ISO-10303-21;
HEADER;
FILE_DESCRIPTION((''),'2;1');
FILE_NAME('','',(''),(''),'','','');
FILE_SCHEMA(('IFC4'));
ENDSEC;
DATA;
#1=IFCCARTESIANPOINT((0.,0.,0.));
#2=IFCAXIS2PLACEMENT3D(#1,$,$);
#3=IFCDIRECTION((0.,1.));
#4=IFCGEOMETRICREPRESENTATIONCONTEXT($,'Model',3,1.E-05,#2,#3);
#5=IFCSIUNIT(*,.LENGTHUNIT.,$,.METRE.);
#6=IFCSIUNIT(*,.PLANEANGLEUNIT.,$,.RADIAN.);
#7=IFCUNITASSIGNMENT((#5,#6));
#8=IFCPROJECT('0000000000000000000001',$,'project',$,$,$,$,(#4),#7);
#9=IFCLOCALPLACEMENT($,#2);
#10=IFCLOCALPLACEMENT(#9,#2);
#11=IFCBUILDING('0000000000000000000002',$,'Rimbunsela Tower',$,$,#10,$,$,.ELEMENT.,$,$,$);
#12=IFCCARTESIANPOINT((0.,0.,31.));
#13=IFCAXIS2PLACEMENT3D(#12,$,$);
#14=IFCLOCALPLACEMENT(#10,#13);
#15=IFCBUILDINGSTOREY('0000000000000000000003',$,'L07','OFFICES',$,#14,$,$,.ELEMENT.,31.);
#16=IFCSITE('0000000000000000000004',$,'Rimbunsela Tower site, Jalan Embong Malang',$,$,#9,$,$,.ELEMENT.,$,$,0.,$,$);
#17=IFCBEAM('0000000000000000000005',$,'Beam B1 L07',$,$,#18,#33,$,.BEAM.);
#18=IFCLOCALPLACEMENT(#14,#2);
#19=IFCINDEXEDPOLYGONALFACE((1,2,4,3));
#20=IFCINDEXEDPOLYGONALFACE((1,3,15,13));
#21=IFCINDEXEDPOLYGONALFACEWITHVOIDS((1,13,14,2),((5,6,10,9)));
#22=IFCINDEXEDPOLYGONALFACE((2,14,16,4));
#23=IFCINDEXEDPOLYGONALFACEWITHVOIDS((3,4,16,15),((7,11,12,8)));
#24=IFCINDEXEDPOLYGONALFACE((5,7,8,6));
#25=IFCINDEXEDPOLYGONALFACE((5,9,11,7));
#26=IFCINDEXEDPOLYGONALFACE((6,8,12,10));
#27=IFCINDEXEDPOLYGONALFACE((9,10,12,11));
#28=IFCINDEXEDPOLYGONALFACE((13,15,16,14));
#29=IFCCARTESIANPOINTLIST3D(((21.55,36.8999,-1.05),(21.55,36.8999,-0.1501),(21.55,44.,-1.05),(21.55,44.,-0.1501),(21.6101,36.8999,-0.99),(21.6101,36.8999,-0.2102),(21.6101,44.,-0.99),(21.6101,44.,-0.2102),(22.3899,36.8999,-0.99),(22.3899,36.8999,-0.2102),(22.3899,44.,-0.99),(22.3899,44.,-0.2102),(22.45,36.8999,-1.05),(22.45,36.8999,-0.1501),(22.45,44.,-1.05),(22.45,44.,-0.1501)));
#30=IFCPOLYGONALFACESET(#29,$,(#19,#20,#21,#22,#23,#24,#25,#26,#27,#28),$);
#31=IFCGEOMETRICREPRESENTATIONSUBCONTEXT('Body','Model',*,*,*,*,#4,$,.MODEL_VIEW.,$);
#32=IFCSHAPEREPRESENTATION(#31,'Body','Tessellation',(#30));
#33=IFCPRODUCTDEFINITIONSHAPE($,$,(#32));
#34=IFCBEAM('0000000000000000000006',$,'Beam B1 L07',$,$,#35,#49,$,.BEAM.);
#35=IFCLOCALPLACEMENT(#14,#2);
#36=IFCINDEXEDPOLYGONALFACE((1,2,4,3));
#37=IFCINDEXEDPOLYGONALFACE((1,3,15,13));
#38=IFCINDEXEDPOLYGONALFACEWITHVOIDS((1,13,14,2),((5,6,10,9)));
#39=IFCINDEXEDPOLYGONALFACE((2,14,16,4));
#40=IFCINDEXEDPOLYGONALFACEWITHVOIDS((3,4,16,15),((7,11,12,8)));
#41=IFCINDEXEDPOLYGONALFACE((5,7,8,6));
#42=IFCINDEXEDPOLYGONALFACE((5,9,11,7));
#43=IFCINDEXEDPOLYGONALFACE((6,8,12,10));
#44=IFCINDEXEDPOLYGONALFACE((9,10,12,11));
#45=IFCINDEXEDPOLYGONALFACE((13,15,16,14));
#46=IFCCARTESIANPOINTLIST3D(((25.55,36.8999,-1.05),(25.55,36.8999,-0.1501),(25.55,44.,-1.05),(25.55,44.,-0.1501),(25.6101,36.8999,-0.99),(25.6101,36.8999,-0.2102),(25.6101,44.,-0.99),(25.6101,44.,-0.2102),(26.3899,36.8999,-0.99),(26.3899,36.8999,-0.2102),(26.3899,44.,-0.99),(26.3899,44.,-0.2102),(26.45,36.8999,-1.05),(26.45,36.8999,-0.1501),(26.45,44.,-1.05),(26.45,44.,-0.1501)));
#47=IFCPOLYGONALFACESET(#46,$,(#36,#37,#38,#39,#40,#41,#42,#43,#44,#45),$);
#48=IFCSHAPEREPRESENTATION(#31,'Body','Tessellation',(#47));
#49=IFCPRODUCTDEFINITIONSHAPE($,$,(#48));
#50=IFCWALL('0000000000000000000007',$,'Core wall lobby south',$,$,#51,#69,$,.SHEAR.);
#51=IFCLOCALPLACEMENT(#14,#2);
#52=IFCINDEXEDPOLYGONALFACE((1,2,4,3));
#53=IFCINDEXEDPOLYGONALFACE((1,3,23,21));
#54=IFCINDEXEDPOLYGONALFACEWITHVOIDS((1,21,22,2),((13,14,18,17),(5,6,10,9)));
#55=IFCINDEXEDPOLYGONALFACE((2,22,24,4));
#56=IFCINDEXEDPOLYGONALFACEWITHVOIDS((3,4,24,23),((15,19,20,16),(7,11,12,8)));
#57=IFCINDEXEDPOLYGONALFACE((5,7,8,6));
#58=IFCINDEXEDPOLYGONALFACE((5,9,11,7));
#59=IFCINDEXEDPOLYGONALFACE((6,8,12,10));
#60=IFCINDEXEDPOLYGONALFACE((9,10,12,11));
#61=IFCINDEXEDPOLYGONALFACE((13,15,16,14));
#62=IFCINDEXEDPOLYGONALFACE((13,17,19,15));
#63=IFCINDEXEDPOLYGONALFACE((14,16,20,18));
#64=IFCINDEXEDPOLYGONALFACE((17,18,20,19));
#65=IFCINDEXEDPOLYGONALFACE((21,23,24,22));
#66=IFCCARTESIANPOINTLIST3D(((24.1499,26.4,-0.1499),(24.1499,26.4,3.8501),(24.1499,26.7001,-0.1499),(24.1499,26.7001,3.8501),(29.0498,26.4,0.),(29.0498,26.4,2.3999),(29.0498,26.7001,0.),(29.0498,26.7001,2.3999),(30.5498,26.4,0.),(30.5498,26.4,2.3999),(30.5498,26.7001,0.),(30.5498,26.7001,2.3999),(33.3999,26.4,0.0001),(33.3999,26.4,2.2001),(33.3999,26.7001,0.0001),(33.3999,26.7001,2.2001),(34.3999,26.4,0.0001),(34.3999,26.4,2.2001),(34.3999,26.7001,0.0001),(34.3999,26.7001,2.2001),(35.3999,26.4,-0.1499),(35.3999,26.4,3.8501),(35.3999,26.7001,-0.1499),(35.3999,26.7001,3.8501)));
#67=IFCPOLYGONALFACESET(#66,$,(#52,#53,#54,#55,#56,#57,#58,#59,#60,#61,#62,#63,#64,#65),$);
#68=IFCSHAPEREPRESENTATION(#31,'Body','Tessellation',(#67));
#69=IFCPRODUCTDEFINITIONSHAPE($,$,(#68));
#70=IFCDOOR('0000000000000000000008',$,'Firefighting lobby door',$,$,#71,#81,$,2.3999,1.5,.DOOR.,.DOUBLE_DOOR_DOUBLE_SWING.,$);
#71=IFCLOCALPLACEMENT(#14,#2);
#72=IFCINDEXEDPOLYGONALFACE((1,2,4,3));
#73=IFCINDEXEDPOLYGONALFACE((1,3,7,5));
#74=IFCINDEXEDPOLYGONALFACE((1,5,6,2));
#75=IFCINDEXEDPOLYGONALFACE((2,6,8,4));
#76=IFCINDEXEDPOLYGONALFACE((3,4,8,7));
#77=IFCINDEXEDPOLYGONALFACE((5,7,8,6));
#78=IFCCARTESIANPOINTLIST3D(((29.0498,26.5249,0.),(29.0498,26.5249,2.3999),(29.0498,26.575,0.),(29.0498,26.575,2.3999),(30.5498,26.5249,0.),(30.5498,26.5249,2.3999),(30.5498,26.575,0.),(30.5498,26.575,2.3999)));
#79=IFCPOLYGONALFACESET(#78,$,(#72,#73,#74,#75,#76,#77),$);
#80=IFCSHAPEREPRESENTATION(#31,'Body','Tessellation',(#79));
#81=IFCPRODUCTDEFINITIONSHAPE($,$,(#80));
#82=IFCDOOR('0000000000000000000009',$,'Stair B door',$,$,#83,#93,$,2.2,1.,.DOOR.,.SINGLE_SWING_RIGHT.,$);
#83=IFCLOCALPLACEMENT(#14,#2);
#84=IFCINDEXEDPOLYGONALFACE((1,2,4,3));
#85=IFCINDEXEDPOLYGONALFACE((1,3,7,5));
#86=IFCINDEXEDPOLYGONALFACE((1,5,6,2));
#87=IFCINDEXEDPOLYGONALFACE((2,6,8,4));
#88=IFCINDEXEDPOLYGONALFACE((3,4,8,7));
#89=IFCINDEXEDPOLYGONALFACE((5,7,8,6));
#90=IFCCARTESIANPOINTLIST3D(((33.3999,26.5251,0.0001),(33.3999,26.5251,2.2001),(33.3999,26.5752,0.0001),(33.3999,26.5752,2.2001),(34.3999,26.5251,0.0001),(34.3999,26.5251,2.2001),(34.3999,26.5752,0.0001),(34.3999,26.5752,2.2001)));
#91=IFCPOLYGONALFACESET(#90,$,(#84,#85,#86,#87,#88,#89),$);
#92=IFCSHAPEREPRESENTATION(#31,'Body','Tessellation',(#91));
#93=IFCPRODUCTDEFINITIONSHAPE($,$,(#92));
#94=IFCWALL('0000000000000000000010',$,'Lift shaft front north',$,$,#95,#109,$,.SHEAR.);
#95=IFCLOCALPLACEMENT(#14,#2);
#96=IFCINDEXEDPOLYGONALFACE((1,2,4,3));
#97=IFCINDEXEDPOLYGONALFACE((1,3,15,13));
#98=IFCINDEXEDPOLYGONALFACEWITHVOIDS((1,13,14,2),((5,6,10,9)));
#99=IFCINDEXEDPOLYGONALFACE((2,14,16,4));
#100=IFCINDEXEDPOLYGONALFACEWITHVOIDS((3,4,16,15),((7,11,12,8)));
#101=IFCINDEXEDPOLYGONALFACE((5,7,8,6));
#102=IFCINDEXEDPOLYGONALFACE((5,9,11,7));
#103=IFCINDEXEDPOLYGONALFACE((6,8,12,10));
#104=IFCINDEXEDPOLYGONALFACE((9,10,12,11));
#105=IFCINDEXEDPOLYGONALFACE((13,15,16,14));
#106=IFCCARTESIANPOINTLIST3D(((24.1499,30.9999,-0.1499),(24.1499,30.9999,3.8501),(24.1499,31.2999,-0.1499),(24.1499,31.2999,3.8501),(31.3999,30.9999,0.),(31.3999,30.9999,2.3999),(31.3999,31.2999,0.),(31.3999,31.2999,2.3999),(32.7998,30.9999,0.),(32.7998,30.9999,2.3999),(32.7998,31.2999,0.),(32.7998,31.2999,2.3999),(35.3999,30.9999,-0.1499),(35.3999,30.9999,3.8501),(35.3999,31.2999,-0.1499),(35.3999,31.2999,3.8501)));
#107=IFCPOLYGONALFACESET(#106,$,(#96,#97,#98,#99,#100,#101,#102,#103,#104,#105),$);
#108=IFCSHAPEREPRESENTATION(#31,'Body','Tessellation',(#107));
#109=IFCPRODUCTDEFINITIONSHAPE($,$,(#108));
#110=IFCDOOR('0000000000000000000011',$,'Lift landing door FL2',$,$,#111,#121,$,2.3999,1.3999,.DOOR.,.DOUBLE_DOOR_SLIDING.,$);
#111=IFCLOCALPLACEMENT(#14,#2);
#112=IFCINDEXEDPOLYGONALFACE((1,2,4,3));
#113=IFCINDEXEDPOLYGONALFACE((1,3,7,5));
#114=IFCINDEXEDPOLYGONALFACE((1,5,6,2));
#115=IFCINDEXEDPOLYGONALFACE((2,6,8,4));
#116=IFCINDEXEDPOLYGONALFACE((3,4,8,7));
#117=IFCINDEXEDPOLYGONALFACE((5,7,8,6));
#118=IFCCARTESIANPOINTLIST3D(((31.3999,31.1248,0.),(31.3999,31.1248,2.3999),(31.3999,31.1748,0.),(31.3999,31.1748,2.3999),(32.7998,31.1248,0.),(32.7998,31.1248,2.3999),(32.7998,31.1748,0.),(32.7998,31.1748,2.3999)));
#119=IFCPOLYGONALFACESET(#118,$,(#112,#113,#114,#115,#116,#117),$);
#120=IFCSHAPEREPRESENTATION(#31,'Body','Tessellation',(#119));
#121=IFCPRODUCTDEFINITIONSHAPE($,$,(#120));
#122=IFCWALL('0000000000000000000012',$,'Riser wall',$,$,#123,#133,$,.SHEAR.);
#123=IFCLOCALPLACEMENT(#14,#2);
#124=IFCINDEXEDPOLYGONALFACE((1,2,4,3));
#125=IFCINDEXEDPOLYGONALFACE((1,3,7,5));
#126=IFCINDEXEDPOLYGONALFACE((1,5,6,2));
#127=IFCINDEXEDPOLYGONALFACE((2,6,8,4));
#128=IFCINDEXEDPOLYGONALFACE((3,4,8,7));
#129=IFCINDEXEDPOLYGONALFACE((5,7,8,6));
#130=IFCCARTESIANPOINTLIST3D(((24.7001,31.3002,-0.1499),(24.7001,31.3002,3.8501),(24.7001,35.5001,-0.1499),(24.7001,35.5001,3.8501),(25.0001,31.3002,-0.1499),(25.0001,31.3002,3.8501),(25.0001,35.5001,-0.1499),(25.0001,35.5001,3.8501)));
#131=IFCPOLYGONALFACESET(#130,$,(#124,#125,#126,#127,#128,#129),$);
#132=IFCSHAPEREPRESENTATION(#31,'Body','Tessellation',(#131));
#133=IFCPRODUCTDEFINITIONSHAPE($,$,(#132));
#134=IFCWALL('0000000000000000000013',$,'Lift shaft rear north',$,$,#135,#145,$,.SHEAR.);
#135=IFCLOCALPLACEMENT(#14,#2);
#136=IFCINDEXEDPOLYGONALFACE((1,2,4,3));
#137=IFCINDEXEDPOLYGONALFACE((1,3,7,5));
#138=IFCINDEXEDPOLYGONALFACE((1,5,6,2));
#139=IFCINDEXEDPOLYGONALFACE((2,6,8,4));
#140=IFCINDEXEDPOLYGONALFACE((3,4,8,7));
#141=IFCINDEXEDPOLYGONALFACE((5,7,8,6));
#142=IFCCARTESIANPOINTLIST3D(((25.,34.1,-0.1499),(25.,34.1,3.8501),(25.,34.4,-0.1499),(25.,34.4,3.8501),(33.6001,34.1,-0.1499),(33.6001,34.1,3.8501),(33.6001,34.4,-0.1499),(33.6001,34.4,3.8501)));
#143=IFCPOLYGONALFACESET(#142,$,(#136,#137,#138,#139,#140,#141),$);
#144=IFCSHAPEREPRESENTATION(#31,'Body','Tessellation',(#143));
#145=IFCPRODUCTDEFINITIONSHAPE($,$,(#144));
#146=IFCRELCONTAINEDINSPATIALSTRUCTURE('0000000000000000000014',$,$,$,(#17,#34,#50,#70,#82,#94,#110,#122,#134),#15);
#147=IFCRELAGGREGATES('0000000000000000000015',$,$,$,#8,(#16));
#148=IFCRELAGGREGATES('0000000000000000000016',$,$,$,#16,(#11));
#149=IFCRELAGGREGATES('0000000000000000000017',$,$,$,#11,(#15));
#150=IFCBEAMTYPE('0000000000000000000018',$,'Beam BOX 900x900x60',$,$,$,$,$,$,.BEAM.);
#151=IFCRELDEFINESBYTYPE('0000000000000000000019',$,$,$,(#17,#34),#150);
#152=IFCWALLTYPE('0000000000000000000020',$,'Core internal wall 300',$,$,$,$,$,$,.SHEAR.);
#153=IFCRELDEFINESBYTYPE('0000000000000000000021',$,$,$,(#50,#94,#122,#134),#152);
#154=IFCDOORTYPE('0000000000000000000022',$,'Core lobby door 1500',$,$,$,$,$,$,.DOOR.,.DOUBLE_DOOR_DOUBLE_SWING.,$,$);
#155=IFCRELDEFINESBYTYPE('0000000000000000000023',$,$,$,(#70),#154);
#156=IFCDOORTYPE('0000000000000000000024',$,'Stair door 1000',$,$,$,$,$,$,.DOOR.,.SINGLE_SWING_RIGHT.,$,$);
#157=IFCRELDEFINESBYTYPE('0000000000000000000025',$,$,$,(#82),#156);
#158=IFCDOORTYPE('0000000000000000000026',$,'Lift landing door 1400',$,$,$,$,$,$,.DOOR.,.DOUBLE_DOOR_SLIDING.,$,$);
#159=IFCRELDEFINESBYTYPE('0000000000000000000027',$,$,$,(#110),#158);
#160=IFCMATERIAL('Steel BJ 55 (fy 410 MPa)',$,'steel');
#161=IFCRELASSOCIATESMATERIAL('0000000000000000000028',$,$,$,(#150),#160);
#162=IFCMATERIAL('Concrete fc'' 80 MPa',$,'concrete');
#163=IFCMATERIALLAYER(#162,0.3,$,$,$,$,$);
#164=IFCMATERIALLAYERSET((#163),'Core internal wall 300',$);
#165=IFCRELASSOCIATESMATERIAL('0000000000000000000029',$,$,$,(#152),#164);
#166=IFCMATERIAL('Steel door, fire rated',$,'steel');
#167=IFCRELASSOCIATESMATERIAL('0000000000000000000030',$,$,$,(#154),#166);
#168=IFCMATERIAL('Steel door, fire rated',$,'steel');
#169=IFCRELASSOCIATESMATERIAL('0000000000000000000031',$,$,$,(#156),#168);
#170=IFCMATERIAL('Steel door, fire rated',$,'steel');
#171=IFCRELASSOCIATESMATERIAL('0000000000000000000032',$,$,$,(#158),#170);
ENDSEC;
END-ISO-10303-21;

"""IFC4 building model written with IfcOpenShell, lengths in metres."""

from ifc_helpers import new_model, si_unit, direction, frame, frame_2d, origin, origin_2d, place, context, subcontext, project, spatial, rectangle, hollow_rectangle, extrude, material, layer, layer_set, material_profile, profile_set, type_object, element, fill, save


model = new_model("IFC4")

# Units and contexts
model_context = context("Model", 3, precision=1e-05, world=origin(), true_north=direction((0.0, 1.0)))
body_context = subcontext(model_context, "Body", "Model", "MODEL_VIEW")
ifc_project = project(units=[si_unit("LENGTHUNIT", "METRE"), si_unit("PLANEANGLEUNIT", "RADIAN")], contexts=[model_context])

# Site, building, storey
site_placement = place(None, origin())
site = spatial("IfcSite", under=ifc_project, at=site_placement, Name="Rimbunsela Tower site, Jalan Embong Malang", CompositionType="ELEMENT", RefElevation=0.0)
building_placement = place(site_placement, origin())
building = spatial("IfcBuilding", under=site, at=building_placement, Name="Rimbunsela Tower", CompositionType="ELEMENT")
storey_placement = place(building_placement, frame((0.0, 0.0, 31.0)))
storey = spatial("IfcBuildingStorey", under=building, at=storey_placement, Name="L07", Description="OFFICES", CompositionType="ELEMENT", Elevation=31.0)

# Beams
ifc_material_1 = material(Name="Steel BJ 55 (fy 410 MPa)", Category="steel")
ifc_material_profile = material_profile(ifc_material_1, hollow_rectangle(XDim=0.8999, YDim=0.8999, WallThickness=0.0601, at=origin_2d()), Name="BOX 900x900x60")
ifc_profile_set = profile_set([ifc_material_profile], Name="Steel BJ 55 (fy 410 MPa)")
beam_type = type_object("IfcBeamType", Name="Beam BOX 900x900x60", PredefinedType="BEAM", material=ifc_profile_set)
for number, where, z_axis, x_axis, name in (
    (1, (22.0, 36.8999, -0.6001), (0.0, 1.0, 0.0), (-1.0, 0.0, 0.0), "Beam B1 L07"),
    (2, (26.0, 36.8999, -0.6001), (0.0, 1.0, 0.0), (-1.0, 0.0, 0.0), "Beam B1 L07"),
):
    element("IfcBeam", number, at=place(storey_placement, frame(where, z_axis=z_axis, x_axis=x_axis)), inside=storey, type_object=beam_type, Name=name, PredefinedType="BEAM", context=body_context, shape_type="SweptSolid", body=[
        extrude(hollow_rectangle(XDim=0.8999, YDim=0.8999, WallThickness=0.0601, at=origin_2d()), origin(), (0.0, 0.0, 1.0), 7.1001),
    ])

# Wall, openings, doors
ifc_material_2 = material(Name="Concrete fc' 80 MPa", Category="concrete")
ifc_layer_1 = layer(ifc_material_2, 0.3)
ifc_layer_set_1 = layer_set([ifc_layer_1], Name="Core internal wall 300")
wall_type_1 = type_object("IfcWallType", Name="Core internal wall 300", PredefinedType="SHEAR", material=ifc_layer_set_1)
wall_1_placement = place(storey_placement, frame((24.1499, 26.55, -0.1499), z_axis=(0.0, 0.0, 1.0), x_axis=(1.0, 0.0, 0.0)))
wall_1 = element("IfcWall", 3, at=wall_1_placement, inside=storey, type_object=wall_type_1, Name="Core wall lobby south", PredefinedType="SHEAR", context=body_context, shape_type="SweptSolid", body=[
    extrude(rectangle(XDim=11.25, YDim=0.3, at=frame_2d((5.625, 0.0))), origin(), (0.0, 0.0, 1.0), 4.0),
])
opening_1_placement = place(wall_1_placement, frame((9.25, 0.0, 0.1499)))
opening_1 = element("IfcOpeningElement", 4, at=opening_1_placement, cuts=wall_1, PredefinedType="OPENING", context=body_context, shape_type="SweptSolid", body=[
    extrude(rectangle(XDim=1.0, YDim=2.2, at=frame_2d((0.5, 1.1001))), frame((0.0, 0.1599, 0.0), z_axis=(0.0, -1.0, 0.0), x_axis=(1.0, 0.0, 0.0)), (0.0, 0.0, 1.0), 0.3201),
])
opening_2_placement = place(wall_1_placement, frame((4.8999, 0.0, 0.1499)))
opening_2 = element("IfcOpeningElement", 5, at=opening_2_placement, cuts=wall_1, PredefinedType="OPENING", context=body_context, shape_type="SweptSolid", body=[
    extrude(rectangle(XDim=1.5, YDim=2.3999, at=frame_2d((0.75, 1.2))), frame((0.0, 0.1599, 0.0), z_axis=(0.0, -1.0, 0.0), x_axis=(1.0, 0.0, 0.0)), (0.0, 0.0, 1.0), 0.3201),
])
ifc_material_3 = material(Name="Steel door, fire rated", Category="steel")
door_type_1 = type_object("IfcDoorType", Name="Core lobby door 1500", OperationType="DOUBLE_DOOR_DOUBLE_SWING", PredefinedType="DOOR", material=ifc_material_3)
door_1_placement = place(opening_2_placement, origin())
door_1 = element("IfcDoor", 6, at=door_1_placement, inside=storey, type_object=door_type_1, Name="Firefighting lobby door", OperationType="DOUBLE_DOOR_DOUBLE_SWING", OverallHeight=2.3999, OverallWidth=1.5, PredefinedType="DOOR", context=body_context, shape_type="SweptSolid", body=[
    extrude(rectangle(XDim=1.5, YDim=2.3999, at=frame_2d((0.75, 1.2))), frame((0.0, 0.0249, 0.0), z_axis=(0.0, -1.0, 0.0), x_axis=(1.0, 0.0, 0.0)), (0.0, 0.0, 1.0), 0.05),
])
fill(opening_2, door_1)
ifc_material_4 = material(Name="Steel door, fire rated", Category="steel")
door_type_2 = type_object("IfcDoorType", Name="Stair door 1000", OperationType="SINGLE_SWING_RIGHT", PredefinedType="DOOR", material=ifc_material_4)
door_2_placement = place(opening_1_placement, frame((1.0, 0.0, 0.0), z_axis=(0.0, 0.0, 1.0), x_axis=(-1.0, 0.0, 0.0)))
door_2 = element("IfcDoor", 7, at=door_2_placement, inside=storey, type_object=door_type_2, Name="Stair B door", OperationType="SINGLE_SWING_RIGHT", OverallHeight=2.2, OverallWidth=1.0, PredefinedType="DOOR", context=body_context, shape_type="SweptSolid", body=[
    extrude(rectangle(XDim=1.0, YDim=2.2, at=frame_2d((0.5, 1.1001))), frame((0.0, 0.0249, 0.0), z_axis=(0.0, -1.0, 0.0), x_axis=(1.0, 0.0, 0.0)), (0.0, 0.0, 1.0), 0.05),
])
fill(opening_1, door_2)

# Wall, opening, door
wall_2_placement = place(storey_placement, frame((24.1499, 31.1499, -0.1499), z_axis=(0.0, 0.0, 1.0), x_axis=(1.0, 0.0, 0.0)))
wall_2 = element("IfcWall", 8, at=wall_2_placement, inside=storey, type_object=wall_type_1, Name="Lift shaft front north", PredefinedType="SHEAR", context=body_context, shape_type="SweptSolid", body=[
    extrude(rectangle(XDim=11.25, YDim=0.3, at=frame_2d((5.625, 0.0))), origin(), (0.0, 0.0, 1.0), 4.0),
])
opening_3_placement = place(wall_2_placement, frame((7.25, 0.0, 0.1499)))
opening_3 = element("IfcOpeningElement", 9, at=opening_3_placement, cuts=wall_2, PredefinedType="OPENING", context=body_context, shape_type="SweptSolid", body=[
    extrude(rectangle(XDim=1.3999, YDim=2.3999, at=frame_2d((0.7, 1.2))), frame((0.0, 0.1599, 0.0), z_axis=(0.0, -1.0, 0.0), x_axis=(1.0, 0.0, 0.0)), (0.0, 0.0, 1.0), 0.3201),
])
ifc_material_5 = material(Name="Steel door, fire rated", Category="steel")
door_type_3 = type_object("IfcDoorType", Name="Lift landing door 1400", OperationType="DOUBLE_DOOR_SLIDING", PredefinedType="DOOR", material=ifc_material_5)
door_3_placement = place(opening_3_placement, origin())
door_3 = element("IfcDoor", 10, at=door_3_placement, inside=storey, type_object=door_type_3, Name="Lift landing door FL2", OperationType="DOUBLE_DOOR_SLIDING", OverallHeight=2.3999, OverallWidth=1.3999, PredefinedType="DOOR", context=body_context, shape_type="SweptSolid", body=[
    extrude(rectangle(XDim=1.3999, YDim=2.3999, at=frame_2d((0.7, 1.2))), frame((0.0, 0.0249, 0.0), z_axis=(0.0, -1.0, 0.0), x_axis=(1.0, 0.0, 0.0)), (0.0, 0.0, 1.0), 0.05),
])
fill(opening_3, door_3)

# Walls
wall_3_placement = place(storey_placement, frame((24.8501, 31.3, -0.1499), z_axis=(0.0, 0.0, 1.0), x_axis=(0.0, 1.0, 0.0)))
element("IfcWall", 11, at=wall_3_placement, inside=storey, type_object=wall_type_1, Name="Riser wall", PredefinedType="SHEAR", context=body_context, shape_type="SweptSolid", body=[
    extrude(rectangle(XDim=4.2, YDim=0.3, at=frame_2d((2.1001, 0.0))), origin(), (0.0, 0.0, 1.0), 4.0),
])
wall_4_placement = place(storey_placement, frame((25.0, 34.25, -0.1499), z_axis=(0.0, 0.0, 1.0), x_axis=(1.0, 0.0, 0.0)))
element("IfcWall", 12, at=wall_4_placement, inside=storey, type_object=wall_type_1, Name="Lift shaft rear north", PredefinedType="SHEAR", context=body_context, shape_type="SweptSolid", body=[
    extrude(rectangle(XDim=8.6001, YDim=0.3, at=frame_2d((4.3, 0.0))), origin(), (0.0, 0.0, 1.0), 4.0),
])

save(model, "model.ifc")
